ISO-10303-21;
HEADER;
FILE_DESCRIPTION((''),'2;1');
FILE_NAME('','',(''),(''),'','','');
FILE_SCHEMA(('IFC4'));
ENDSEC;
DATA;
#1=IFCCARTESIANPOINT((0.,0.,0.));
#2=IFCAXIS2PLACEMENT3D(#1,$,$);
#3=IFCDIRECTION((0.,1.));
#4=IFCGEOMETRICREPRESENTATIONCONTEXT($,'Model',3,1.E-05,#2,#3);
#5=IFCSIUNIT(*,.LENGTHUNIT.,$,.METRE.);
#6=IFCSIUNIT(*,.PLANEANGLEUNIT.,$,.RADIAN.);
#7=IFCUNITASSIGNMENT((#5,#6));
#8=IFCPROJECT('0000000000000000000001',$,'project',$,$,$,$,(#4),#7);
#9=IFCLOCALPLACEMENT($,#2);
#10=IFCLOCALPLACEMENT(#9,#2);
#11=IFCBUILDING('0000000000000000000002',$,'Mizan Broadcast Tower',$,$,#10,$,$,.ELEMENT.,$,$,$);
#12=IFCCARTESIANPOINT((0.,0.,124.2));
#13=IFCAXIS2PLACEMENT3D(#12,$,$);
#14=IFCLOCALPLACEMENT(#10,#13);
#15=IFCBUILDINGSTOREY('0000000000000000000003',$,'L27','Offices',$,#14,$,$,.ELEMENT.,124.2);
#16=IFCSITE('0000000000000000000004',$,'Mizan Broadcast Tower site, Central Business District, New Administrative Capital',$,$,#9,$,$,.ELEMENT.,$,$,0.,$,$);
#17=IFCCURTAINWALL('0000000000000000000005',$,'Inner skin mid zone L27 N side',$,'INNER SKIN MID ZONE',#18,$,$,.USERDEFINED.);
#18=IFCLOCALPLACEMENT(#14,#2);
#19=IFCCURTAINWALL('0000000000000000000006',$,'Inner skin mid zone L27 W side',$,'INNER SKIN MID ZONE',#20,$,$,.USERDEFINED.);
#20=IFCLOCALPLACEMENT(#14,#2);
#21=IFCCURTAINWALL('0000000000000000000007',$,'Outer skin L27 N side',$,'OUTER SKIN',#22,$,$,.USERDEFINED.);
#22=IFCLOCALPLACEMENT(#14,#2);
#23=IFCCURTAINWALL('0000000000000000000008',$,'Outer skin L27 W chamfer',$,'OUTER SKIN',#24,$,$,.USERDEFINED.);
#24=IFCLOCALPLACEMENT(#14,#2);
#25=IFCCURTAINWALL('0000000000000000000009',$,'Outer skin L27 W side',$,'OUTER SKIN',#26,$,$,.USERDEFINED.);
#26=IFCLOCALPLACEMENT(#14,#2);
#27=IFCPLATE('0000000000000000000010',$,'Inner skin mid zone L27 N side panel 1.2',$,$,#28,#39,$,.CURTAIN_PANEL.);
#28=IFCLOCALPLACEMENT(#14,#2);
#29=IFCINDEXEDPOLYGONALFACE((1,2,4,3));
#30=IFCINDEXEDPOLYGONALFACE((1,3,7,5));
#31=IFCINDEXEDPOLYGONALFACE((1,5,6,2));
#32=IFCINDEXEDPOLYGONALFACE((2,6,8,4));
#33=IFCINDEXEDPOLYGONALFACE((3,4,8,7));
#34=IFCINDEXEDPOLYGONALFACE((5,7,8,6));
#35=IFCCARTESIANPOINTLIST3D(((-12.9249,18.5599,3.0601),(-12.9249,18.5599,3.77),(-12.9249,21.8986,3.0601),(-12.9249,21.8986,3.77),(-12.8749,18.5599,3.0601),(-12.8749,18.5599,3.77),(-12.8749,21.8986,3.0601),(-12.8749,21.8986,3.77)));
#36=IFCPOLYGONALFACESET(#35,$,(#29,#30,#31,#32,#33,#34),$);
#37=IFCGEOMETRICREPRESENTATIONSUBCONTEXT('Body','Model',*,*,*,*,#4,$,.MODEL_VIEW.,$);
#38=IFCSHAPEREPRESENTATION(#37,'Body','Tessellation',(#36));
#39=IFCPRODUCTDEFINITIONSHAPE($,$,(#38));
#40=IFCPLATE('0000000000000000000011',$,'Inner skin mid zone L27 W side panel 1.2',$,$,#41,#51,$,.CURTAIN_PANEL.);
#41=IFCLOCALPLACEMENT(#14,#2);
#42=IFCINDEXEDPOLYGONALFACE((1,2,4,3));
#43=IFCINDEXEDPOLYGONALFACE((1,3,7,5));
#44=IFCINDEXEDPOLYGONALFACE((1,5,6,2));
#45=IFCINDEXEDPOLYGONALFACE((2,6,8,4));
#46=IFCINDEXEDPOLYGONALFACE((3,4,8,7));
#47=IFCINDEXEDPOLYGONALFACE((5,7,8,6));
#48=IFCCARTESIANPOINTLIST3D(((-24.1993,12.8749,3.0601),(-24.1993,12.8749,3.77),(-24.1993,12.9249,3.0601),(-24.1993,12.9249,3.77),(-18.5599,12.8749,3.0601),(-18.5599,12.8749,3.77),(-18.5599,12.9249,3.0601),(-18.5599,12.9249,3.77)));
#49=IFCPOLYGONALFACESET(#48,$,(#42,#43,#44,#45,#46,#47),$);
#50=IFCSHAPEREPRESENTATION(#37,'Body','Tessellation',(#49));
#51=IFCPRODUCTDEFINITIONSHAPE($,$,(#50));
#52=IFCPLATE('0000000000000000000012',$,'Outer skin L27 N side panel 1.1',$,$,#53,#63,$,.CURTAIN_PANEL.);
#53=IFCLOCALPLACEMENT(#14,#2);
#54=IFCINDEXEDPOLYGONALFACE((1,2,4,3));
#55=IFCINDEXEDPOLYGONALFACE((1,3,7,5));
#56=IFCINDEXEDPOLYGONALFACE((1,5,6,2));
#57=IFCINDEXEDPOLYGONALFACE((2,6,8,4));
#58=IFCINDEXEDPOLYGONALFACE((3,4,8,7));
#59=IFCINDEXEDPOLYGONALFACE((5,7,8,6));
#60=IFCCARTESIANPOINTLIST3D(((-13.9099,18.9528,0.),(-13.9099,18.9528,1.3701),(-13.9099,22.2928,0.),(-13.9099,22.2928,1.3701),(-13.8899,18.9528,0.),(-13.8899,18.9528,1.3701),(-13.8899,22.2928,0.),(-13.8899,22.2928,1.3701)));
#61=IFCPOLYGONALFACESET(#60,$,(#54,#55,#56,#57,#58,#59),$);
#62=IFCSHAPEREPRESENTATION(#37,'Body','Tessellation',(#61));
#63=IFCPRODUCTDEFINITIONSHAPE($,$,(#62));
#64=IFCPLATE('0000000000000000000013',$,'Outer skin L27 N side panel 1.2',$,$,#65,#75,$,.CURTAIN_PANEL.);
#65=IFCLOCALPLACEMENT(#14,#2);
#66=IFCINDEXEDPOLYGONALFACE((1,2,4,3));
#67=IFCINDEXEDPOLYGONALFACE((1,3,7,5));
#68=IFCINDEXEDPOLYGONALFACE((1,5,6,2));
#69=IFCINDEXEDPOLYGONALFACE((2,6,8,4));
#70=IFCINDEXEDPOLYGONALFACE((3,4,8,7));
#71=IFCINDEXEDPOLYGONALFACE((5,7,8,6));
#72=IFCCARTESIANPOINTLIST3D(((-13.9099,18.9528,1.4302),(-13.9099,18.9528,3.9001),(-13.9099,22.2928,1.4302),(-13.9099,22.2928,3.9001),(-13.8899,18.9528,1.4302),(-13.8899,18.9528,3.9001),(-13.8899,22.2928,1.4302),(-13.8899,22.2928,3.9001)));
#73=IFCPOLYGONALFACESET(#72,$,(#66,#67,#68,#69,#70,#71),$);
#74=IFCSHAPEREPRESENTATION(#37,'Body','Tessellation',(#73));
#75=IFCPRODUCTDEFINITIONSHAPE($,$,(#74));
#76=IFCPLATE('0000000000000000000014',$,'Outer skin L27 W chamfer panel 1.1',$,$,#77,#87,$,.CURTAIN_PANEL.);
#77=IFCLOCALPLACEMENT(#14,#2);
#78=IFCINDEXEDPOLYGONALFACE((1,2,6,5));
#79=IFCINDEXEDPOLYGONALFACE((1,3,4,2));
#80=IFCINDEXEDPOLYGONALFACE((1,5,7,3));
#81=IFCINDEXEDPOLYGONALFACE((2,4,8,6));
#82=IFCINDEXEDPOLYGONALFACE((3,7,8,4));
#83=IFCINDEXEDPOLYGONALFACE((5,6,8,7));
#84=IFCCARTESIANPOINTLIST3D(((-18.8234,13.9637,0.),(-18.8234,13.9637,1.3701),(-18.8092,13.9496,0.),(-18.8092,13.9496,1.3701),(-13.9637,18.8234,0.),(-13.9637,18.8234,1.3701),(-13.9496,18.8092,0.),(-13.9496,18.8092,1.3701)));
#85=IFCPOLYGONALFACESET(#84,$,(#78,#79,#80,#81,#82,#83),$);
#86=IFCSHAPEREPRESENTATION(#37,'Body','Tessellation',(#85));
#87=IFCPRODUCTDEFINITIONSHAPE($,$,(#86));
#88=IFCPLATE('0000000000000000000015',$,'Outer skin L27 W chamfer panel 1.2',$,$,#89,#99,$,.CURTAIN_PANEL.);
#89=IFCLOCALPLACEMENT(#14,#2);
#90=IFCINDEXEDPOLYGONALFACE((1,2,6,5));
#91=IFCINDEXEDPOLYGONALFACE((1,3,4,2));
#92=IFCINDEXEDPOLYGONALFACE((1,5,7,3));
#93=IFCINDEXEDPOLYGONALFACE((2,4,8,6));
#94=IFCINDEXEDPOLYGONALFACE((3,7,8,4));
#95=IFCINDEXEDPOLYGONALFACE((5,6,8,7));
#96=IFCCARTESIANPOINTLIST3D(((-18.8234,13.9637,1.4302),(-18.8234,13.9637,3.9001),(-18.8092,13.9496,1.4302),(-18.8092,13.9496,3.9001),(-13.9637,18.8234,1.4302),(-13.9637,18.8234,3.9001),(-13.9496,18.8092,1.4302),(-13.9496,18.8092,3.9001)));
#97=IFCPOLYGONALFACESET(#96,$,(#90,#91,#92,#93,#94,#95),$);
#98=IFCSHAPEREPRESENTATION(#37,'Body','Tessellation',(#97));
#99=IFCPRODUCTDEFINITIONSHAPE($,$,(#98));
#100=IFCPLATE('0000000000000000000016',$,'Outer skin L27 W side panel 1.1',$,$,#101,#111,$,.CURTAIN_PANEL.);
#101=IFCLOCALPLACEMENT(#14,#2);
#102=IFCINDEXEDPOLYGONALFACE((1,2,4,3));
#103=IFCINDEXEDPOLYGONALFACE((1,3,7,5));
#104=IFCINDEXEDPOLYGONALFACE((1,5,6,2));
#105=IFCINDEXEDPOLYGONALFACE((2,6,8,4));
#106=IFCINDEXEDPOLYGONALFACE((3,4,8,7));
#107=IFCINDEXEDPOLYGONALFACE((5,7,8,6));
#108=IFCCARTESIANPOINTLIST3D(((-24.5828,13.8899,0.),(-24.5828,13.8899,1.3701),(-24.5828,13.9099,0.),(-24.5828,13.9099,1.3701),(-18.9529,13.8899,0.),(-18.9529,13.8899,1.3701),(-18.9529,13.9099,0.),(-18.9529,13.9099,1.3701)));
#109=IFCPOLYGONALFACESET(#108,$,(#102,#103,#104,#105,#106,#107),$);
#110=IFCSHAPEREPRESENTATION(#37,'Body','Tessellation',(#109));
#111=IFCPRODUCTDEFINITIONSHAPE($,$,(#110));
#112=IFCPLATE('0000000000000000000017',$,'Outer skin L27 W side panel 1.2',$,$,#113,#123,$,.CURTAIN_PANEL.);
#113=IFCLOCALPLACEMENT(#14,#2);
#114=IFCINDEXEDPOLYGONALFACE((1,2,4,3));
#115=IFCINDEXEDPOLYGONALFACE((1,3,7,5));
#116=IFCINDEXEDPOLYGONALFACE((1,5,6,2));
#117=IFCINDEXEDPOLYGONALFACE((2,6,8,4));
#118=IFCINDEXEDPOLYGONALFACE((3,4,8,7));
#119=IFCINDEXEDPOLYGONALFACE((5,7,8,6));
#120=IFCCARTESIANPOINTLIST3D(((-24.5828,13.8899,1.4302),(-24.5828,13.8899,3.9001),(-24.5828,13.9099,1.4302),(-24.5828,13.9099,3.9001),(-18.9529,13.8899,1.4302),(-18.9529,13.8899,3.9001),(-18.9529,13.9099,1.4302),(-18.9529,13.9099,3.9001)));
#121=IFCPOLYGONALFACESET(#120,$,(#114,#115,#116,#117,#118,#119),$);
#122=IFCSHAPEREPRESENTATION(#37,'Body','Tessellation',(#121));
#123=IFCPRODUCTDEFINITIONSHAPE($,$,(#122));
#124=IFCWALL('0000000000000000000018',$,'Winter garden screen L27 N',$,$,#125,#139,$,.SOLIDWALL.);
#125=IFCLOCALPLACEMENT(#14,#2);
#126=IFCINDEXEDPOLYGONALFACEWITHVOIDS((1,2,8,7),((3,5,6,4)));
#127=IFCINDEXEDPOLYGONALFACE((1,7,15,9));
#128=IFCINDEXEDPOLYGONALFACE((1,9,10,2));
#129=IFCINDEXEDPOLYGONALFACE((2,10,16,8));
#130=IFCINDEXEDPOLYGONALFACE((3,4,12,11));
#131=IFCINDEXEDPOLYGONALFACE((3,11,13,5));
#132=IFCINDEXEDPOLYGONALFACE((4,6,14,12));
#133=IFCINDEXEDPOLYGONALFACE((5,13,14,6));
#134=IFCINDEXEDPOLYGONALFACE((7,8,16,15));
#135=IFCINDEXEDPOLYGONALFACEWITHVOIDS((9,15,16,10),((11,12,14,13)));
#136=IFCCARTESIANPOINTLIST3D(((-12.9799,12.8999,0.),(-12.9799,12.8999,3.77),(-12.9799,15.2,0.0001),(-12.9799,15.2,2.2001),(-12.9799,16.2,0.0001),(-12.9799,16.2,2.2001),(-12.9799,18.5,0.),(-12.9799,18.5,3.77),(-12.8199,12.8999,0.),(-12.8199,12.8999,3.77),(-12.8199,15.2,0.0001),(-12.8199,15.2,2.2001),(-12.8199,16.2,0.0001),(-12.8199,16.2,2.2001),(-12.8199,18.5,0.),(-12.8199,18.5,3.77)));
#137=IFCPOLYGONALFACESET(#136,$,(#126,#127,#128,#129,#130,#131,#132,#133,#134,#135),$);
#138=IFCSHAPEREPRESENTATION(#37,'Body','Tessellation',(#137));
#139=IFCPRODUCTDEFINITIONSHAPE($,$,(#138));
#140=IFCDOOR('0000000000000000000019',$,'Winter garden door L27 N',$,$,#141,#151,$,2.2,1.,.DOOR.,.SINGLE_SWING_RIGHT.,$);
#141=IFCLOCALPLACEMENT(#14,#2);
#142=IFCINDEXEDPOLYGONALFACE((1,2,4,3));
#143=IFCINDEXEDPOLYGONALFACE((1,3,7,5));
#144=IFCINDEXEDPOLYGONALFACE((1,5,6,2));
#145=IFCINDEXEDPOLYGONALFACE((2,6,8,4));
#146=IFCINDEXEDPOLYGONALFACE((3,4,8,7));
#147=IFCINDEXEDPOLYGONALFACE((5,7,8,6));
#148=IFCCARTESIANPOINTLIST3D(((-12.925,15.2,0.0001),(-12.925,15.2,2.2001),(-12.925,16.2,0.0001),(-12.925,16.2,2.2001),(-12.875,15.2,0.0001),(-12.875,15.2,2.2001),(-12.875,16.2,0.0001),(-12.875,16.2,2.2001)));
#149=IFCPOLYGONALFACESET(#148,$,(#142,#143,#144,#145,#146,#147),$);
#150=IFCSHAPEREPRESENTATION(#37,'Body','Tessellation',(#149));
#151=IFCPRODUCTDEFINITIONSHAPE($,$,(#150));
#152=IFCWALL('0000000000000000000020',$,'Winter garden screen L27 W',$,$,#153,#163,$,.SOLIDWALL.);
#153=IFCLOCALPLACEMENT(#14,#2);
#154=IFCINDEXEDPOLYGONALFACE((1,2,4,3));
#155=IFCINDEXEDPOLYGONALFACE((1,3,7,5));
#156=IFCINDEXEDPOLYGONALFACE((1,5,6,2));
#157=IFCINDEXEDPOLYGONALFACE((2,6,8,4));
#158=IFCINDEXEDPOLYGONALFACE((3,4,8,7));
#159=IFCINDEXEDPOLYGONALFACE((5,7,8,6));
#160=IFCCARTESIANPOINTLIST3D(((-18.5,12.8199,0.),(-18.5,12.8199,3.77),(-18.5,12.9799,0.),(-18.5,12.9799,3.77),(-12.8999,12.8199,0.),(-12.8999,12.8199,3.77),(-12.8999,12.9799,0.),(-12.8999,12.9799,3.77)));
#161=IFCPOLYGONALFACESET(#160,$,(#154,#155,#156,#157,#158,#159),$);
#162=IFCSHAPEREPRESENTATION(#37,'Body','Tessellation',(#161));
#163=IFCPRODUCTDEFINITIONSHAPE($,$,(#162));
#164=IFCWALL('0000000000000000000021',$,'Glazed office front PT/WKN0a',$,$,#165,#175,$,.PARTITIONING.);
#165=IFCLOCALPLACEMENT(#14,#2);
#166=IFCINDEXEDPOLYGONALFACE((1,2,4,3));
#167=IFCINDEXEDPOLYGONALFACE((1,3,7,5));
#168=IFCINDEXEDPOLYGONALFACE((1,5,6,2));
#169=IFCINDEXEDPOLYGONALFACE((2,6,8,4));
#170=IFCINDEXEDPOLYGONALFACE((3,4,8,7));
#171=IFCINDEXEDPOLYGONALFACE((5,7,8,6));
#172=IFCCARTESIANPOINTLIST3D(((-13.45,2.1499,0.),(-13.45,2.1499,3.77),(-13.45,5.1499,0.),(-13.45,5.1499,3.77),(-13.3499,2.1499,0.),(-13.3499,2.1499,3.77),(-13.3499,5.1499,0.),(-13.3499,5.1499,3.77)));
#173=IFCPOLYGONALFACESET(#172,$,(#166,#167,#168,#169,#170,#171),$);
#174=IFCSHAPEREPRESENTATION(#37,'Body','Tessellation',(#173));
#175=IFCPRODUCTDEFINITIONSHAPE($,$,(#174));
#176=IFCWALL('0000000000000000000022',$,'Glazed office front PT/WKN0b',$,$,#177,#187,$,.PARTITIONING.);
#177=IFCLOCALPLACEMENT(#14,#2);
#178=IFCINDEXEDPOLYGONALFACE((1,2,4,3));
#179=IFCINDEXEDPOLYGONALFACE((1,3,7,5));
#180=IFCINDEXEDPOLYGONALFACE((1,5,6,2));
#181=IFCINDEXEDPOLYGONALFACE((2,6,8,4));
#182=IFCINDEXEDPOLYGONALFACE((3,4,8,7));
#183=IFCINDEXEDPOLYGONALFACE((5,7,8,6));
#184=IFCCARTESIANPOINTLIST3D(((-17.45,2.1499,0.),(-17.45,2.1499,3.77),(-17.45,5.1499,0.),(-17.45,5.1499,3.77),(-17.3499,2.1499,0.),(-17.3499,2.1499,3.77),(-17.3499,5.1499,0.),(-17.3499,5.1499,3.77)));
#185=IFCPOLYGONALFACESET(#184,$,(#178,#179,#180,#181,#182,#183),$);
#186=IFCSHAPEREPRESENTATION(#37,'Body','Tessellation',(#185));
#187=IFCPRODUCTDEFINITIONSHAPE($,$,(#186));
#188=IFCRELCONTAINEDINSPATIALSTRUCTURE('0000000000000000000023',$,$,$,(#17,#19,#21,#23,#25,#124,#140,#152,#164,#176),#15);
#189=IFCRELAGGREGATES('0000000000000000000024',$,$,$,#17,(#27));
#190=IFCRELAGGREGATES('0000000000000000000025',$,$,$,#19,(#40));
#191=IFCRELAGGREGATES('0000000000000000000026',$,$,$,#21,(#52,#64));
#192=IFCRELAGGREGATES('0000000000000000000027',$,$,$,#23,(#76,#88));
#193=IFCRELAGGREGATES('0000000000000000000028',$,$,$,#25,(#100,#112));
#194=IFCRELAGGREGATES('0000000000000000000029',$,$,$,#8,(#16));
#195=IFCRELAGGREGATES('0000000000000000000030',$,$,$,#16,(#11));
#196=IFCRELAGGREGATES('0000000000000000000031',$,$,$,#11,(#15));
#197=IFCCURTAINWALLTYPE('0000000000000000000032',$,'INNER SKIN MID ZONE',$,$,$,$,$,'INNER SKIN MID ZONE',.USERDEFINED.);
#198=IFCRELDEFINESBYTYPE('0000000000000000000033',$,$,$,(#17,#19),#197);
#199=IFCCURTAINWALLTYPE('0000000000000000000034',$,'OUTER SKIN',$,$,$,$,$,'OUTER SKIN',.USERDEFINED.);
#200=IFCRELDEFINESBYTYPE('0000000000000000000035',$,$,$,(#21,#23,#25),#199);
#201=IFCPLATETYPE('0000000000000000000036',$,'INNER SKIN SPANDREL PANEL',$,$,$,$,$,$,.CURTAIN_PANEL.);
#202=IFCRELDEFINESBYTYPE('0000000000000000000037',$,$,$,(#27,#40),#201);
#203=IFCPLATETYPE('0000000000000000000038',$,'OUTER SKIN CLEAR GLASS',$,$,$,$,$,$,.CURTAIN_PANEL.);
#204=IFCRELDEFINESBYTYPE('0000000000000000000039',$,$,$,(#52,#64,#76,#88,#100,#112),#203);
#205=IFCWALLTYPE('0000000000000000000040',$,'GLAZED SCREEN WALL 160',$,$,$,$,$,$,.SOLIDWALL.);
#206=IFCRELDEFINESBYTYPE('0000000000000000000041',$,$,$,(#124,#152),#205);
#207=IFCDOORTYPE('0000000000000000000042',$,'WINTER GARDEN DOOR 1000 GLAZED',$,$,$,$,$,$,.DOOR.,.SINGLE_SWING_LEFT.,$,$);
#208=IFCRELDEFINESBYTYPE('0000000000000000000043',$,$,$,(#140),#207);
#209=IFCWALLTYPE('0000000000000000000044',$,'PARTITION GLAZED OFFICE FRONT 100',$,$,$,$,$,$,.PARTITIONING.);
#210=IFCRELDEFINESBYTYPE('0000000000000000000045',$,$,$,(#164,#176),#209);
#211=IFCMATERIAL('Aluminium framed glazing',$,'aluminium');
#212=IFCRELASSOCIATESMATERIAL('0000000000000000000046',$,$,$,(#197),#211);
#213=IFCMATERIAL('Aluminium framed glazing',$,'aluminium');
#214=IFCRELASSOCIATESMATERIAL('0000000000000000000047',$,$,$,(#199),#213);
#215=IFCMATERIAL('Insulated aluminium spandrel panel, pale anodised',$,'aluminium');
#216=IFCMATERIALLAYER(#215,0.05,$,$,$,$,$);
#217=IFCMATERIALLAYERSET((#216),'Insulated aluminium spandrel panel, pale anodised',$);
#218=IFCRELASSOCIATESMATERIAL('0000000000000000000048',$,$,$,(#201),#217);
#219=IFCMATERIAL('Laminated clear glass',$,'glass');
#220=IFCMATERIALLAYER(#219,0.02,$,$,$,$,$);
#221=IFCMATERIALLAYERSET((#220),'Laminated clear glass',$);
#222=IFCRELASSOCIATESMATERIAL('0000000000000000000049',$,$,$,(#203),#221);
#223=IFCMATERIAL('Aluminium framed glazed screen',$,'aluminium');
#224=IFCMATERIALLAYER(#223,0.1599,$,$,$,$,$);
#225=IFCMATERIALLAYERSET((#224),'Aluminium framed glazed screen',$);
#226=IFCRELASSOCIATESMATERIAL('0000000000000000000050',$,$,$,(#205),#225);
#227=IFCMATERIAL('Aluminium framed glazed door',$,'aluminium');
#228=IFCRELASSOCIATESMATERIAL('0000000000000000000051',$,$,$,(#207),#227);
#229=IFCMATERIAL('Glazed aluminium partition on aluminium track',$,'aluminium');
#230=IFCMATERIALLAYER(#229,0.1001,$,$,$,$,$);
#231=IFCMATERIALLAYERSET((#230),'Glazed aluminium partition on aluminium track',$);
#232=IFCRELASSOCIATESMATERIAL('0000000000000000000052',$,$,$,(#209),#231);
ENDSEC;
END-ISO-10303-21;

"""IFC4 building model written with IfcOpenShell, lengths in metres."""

from ifc_helpers import new_model, si_unit, direction, frame, frame_2d, origin, origin_2d, place, context, subcontext, project, spatial, rectangle, extrude, material, layer, layer_set, type_object, element, fill, aggregate, save


model = new_model("IFC4")

# Units and contexts
model_context = context("Model", 3, precision=1e-05, world=origin(), true_north=direction((0.0, 1.0)))
body_context = subcontext(model_context, "Body", "Model", "MODEL_VIEW")
ifc_project = project(units=[si_unit("LENGTHUNIT", "METRE"), si_unit("PLANEANGLEUNIT", "RADIAN")], contexts=[model_context])

# Site, building, storey
site_placement = place(None, origin())
site = spatial("IfcSite", under=ifc_project, at=site_placement, Name="Mizan Broadcast Tower site, Central Business District, New Administrative Capital", CompositionType="ELEMENT", RefElevation=0.0)
building_placement = place(site_placement, origin())
building = spatial("IfcBuilding", under=site, at=building_placement, Name="Mizan Broadcast Tower", CompositionType="ELEMENT")
storey_placement = place(building_placement, frame((0.0, 0.0, 124.2)))
storey = spatial("IfcBuildingStorey", under=building, at=storey_placement, Name="L27", Description="Offices", CompositionType="ELEMENT", Elevation=124.2)

# Curtain walls
ifc_material_1 = material(Name="Aluminium framed glazing", Category="aluminium")
curtain_wall_type_1 = type_object("IfcCurtainWallType", Name="INNER SKIN MID ZONE", ElementType="INNER SKIN MID ZONE", PredefinedType="USERDEFINED", material=ifc_material_1)
curtain_wall_1_placement = place(storey_placement, origin())
curtain_wall_1 = element("IfcCurtainWall", 1, at=curtain_wall_1_placement, inside=storey, type_object=curtain_wall_type_1, Name="Inner skin mid zone L27 N side", ObjectType="INNER SKIN MID ZONE", PredefinedType="USERDEFINED")
curtain_wall_2_placement = place(storey_placement, origin())
curtain_wall_2 = element("IfcCurtainWall", 2, at=curtain_wall_2_placement, inside=storey, type_object=curtain_wall_type_1, Name="Inner skin mid zone L27 W side", ObjectType="INNER SKIN MID ZONE", PredefinedType="USERDEFINED")

# Curtain walls
ifc_material_2 = material(Name="Aluminium framed glazing", Category="aluminium")
curtain_wall_type_2 = type_object("IfcCurtainWallType", Name="OUTER SKIN", ElementType="OUTER SKIN", PredefinedType="USERDEFINED", material=ifc_material_2)
curtain_wall_3_placement = place(storey_placement, origin())
curtain_wall_3 = element("IfcCurtainWall", 3, at=curtain_wall_3_placement, inside=storey, type_object=curtain_wall_type_2, Name="Outer skin L27 N side", ObjectType="OUTER SKIN", PredefinedType="USERDEFINED")
curtain_wall_4_placement = place(storey_placement, origin())
curtain_wall_4 = element("IfcCurtainWall", 4, at=curtain_wall_4_placement, inside=storey, type_object=curtain_wall_type_2, Name="Outer skin L27 W chamfer", ObjectType="OUTER SKIN", PredefinedType="USERDEFINED")

# Curtain wall
curtain_wall_5_placement = place(storey_placement, origin())
curtain_wall_5 = element("IfcCurtainWall", 5, at=curtain_wall_5_placement, inside=storey, type_object=curtain_wall_type_2, Name="Outer skin L27 W side", ObjectType="OUTER SKIN", PredefinedType="USERDEFINED")

# Plates
ifc_material_3 = material(Name="Insulated aluminium spandrel panel, pale anodised", Category="aluminium")
ifc_layer_1 = layer(ifc_material_3, 0.05)
ifc_layer_set_1 = layer_set([ifc_layer_1], Name="Insulated aluminium spandrel panel, pale anodised")
plate_type_1 = type_object("IfcPlateType", Name="INNER SKIN SPANDREL PANEL", PredefinedType="CURTAIN_PANEL", material=ifc_layer_set_1)
plate_1_placement = place(storey_placement, frame((-12.8999, 20.2292, 3.0601), z_axis=(0.0, 0.0, 1.0), x_axis=(0.0, -1.0, 0.0)))
plate_1 = element("IfcPlate", 6, at=plate_1_placement, type_object=plate_type_1, Name="Inner skin mid zone L27 N side panel 1.2", PredefinedType="CURTAIN_PANEL", context=body_context, shape_type="SweptSolid", body=[
    extrude(rectangle(XDim=3.3386, YDim=0.05, at=origin_2d()), origin(), (0.0, 0.0, 1.0), 0.71),
])
aggregate(curtain_wall_1, [plate_1])
plate_2_placement = place(storey_placement, frame((-21.3796, 12.8999, 3.0601), z_axis=(0.0, 0.0, 1.0), x_axis=(-1.0, 0.0, 0.0)))
plate_2 = element("IfcPlate", 7, at=plate_2_placement, type_object=plate_type_1, Name="Inner skin mid zone L27 W side panel 1.2", PredefinedType="CURTAIN_PANEL", context=body_context, shape_type="SweptSolid", body=[
    extrude(rectangle(XDim=5.6394, YDim=0.05, at=origin_2d()), origin(), (0.0, 0.0, 1.0), 0.71),
])
aggregate(curtain_wall_2, [plate_2])
ifc_material_4 = material(Name="Laminated clear glass", Category="glass")
ifc_layer_2 = layer(ifc_material_4, 0.02)
ifc_layer_set_2 = layer_set([ifc_layer_2], Name="Laminated clear glass")
plate_type_2 = type_object("IfcPlateType", Name="OUTER SKIN CLEAR GLASS", PredefinedType="CURTAIN_PANEL", material=ifc_layer_set_2)
plate_3_placement = place(storey_placement, frame((-13.8999, 20.6228, 0.0), z_axis=(0.0, 0.0, 1.0), x_axis=(0.0, -1.0, 0.0)))
plate_3 = element("IfcPlate", 8, at=plate_3_placement, type_object=plate_type_2, Name="Outer skin L27 N side panel 1.1", PredefinedType="CURTAIN_PANEL", context=body_context, shape_type="SweptSolid", body=[
    extrude(rectangle(XDim=3.3401, YDim=0.02, at=origin_2d()), origin(), (0.0, 0.0, 1.0), 1.3701),
])
plate_4_placement = place(storey_placement, frame((-13.8999, 20.6228, 1.4302), z_axis=(0.0, 0.0, 1.0), x_axis=(0.0, -1.0, 0.0)))
plate_4 = element("IfcPlate", 9, at=plate_4_placement, type_object=plate_type_2, Name="Outer skin L27 N side panel 1.2", PredefinedType="CURTAIN_PANEL", context=body_context, shape_type="SweptSolid", body=[
    extrude(rectangle(XDim=3.3401, YDim=0.02, at=origin_2d()), origin(), (0.0, 0.0, 1.0), 2.47),
])
aggregate(curtain_wall_3, [plate_3, plate_4])
plate_5_placement = place(storey_placement, frame((-16.3865, 16.3865, 0.0), z_axis=(0.0, 0.0, 1.0), x_axis=(-0.707107, -0.707107, 0.0)))
plate_5 = element("IfcPlate", 10, at=plate_5_placement, type_object=plate_type_2, Name="Outer skin L27 W chamfer panel 1.1", PredefinedType="CURTAIN_PANEL", context=body_context, shape_type="SweptSolid", body=[
    extrude(rectangle(XDim=6.8726, YDim=0.02, at=origin_2d()), origin(), (0.0, 0.0, 1.0), 1.3701),
])
plate_6_placement = place(storey_placement, frame((-16.3865, 16.3865, 1.4302), z_axis=(0.0, 0.0, 1.0), x_axis=(-0.707107, -0.707107, 0.0)))
plate_6 = element("IfcPlate", 11, at=plate_6_placement, type_object=plate_type_2, Name="Outer skin L27 W chamfer panel 1.2", PredefinedType="CURTAIN_PANEL", context=body_context, shape_type="SweptSolid", body=[
    extrude(rectangle(XDim=6.8726, YDim=0.02, at=origin_2d()), origin(), (0.0, 0.0, 1.0), 2.47),
])
aggregate(curtain_wall_4, [plate_5, plate_6])
plate_7_placement = place(storey_placement, frame((-21.7678, 13.8999, 0.0), z_axis=(0.0, 0.0, 1.0), x_axis=(-1.0, 0.0, 0.0)))
plate_7 = element("IfcPlate", 12, at=plate_7_placement, type_object=plate_type_2, Name="Outer skin L27 W side panel 1.1", PredefinedType="CURTAIN_PANEL", context=body_context, shape_type="SweptSolid", body=[
    extrude(rectangle(XDim=5.6299, YDim=0.02, at=origin_2d()), origin(), (0.0, 0.0, 1.0), 1.3701),
])
plate_8_placement = place(storey_placement, frame((-21.7678, 13.8999, 1.4302), z_axis=(0.0, 0.0, 1.0), x_axis=(-1.0, 0.0, 0.0)))
plate_8 = element("IfcPlate", 13, at=plate_8_placement, type_object=plate_type_2, Name="Outer skin L27 W side panel 1.2", PredefinedType="CURTAIN_PANEL", context=body_context, shape_type="SweptSolid", body=[
    extrude(rectangle(XDim=5.6299, YDim=0.02, at=origin_2d()), origin(), (0.0, 0.0, 1.0), 2.47),
])
aggregate(curtain_wall_5, [plate_7, plate_8])

# Wall, opening, door
ifc_material_5 = material(Name="Aluminium framed glazed screen", Category="aluminium")
ifc_layer_3 = layer(ifc_material_5, 0.1599)
ifc_layer_set_3 = layer_set([ifc_layer_3], Name="Aluminium framed glazed screen")
wall_type_1 = type_object("IfcWallType", Name="GLAZED SCREEN WALL 160", PredefinedType="SOLIDWALL", material=ifc_layer_set_3)
wall_1_placement = place(storey_placement, frame((-12.8999, 18.5, 0.0), z_axis=(0.0, 0.0, 1.0), x_axis=(0.0, -1.0, 0.0)))
wall_1 = element("IfcWall", 14, at=wall_1_placement, inside=storey, type_object=wall_type_1, Name="Winter garden screen L27 N", PredefinedType="SOLIDWALL", context=body_context, shape_type="SweptSolid", body=[
    extrude(rectangle(XDim=5.6001, YDim=0.1599, at=frame_2d((2.8, 0.0))), origin(), (0.0, 0.0, 1.0), 3.77),
])
opening_1_placement = place(wall_1_placement, frame((2.3, 0.0, 0.0)))
opening_1 = element("IfcOpeningElement", 15, at=opening_1_placement, cuts=wall_1, PredefinedType="OPENING", context=body_context, shape_type="SweptSolid", body=[
    extrude(rectangle(XDim=1.0, YDim=2.2, at=frame_2d((0.5, 1.1001))), frame((0.0, 0.0898, 0.0), z_axis=(0.0, -1.0, 0.0), x_axis=(1.0, 0.0, 0.0)), (0.0, 0.0, 1.0), 0.1799),
])
ifc_material_6 = material(Name="Aluminium framed glazed door", Category="aluminium")
door_type_1 = type_object("IfcDoorType", Name="WINTER GARDEN DOOR 1000 GLAZED", OperationType="SINGLE_SWING_LEFT", PredefinedType="DOOR", material=ifc_material_6)
door_1_placement = place(opening_1_placement, origin())
door_1 = element("IfcDoor", 16, at=door_1_placement, inside=storey, type_object=door_type_1, Name="Winter garden door L27 N", OperationType="SINGLE_SWING_RIGHT", OverallHeight=2.2, OverallWidth=1.0, PredefinedType="DOOR", context=body_context, shape_type="SweptSolid", body=[
    extrude(rectangle(XDim=1.0, YDim=2.2, at=frame_2d((0.5, 1.1001))), frame((0.0, 0.0249, 0.0), z_axis=(0.0, -1.0, 0.0), x_axis=(1.0, 0.0, 0.0)), (0.0, 0.0, 1.0), 0.05),
])
fill(opening_1, door_1)

# Walls
wall_2_placement = place(storey_placement, frame((-12.8999, 12.8999, 0.0), z_axis=(0.0, 0.0, 1.0), x_axis=(-1.0, 0.0, 0.0)))
element("IfcWall", 17, at=wall_2_placement, inside=storey, type_object=wall_type_1, Name="Winter garden screen L27 W", PredefinedType="SOLIDWALL", context=body_context, shape_type="SweptSolid", body=[
    extrude(rectangle(XDim=5.6001, YDim=0.1599, at=frame_2d((2.8, 0.0))), origin(), (0.0, 0.0, 1.0), 3.77),
])
ifc_material_7 = material(Name="Glazed aluminium partition on aluminium track", Category="aluminium")
ifc_layer_4 = layer(ifc_material_7, 0.1001)
ifc_layer_set_4 = layer_set([ifc_layer_4], Name="Glazed aluminium partition on aluminium track")
wall_type_2 = type_object("IfcWallType", Name="PARTITION GLAZED OFFICE FRONT 100", PredefinedType="PARTITIONING", material=ifc_layer_set_4)
for number, where, z_axis, x_axis, name in (
    (18, (-13.3999, 2.1499, 0.0), (0.0, 0.0, 1.0), (0.0, 1.0, 0.0), "Glazed office front PT/WKN0a"),
    (19, (-17.3999, 2.1499, 0.0), (0.0, 0.0, 1.0), (0.0, 1.0, 0.0), "Glazed office front PT/WKN0b"),
):
    element("IfcWall", number, at=place(storey_placement, frame(where, z_axis=z_axis, x_axis=x_axis)), inside=storey, type_object=wall_type_2, Name=name, PredefinedType="PARTITIONING", context=body_context, shape_type="SweptSolid", body=[
        extrude(rectangle(XDim=3.0, YDim=0.1001, at=frame_2d((1.5, 0.0))), origin(), (0.0, 0.0, 1.0), 3.77),
    ])

save(model, "model.ifc")
